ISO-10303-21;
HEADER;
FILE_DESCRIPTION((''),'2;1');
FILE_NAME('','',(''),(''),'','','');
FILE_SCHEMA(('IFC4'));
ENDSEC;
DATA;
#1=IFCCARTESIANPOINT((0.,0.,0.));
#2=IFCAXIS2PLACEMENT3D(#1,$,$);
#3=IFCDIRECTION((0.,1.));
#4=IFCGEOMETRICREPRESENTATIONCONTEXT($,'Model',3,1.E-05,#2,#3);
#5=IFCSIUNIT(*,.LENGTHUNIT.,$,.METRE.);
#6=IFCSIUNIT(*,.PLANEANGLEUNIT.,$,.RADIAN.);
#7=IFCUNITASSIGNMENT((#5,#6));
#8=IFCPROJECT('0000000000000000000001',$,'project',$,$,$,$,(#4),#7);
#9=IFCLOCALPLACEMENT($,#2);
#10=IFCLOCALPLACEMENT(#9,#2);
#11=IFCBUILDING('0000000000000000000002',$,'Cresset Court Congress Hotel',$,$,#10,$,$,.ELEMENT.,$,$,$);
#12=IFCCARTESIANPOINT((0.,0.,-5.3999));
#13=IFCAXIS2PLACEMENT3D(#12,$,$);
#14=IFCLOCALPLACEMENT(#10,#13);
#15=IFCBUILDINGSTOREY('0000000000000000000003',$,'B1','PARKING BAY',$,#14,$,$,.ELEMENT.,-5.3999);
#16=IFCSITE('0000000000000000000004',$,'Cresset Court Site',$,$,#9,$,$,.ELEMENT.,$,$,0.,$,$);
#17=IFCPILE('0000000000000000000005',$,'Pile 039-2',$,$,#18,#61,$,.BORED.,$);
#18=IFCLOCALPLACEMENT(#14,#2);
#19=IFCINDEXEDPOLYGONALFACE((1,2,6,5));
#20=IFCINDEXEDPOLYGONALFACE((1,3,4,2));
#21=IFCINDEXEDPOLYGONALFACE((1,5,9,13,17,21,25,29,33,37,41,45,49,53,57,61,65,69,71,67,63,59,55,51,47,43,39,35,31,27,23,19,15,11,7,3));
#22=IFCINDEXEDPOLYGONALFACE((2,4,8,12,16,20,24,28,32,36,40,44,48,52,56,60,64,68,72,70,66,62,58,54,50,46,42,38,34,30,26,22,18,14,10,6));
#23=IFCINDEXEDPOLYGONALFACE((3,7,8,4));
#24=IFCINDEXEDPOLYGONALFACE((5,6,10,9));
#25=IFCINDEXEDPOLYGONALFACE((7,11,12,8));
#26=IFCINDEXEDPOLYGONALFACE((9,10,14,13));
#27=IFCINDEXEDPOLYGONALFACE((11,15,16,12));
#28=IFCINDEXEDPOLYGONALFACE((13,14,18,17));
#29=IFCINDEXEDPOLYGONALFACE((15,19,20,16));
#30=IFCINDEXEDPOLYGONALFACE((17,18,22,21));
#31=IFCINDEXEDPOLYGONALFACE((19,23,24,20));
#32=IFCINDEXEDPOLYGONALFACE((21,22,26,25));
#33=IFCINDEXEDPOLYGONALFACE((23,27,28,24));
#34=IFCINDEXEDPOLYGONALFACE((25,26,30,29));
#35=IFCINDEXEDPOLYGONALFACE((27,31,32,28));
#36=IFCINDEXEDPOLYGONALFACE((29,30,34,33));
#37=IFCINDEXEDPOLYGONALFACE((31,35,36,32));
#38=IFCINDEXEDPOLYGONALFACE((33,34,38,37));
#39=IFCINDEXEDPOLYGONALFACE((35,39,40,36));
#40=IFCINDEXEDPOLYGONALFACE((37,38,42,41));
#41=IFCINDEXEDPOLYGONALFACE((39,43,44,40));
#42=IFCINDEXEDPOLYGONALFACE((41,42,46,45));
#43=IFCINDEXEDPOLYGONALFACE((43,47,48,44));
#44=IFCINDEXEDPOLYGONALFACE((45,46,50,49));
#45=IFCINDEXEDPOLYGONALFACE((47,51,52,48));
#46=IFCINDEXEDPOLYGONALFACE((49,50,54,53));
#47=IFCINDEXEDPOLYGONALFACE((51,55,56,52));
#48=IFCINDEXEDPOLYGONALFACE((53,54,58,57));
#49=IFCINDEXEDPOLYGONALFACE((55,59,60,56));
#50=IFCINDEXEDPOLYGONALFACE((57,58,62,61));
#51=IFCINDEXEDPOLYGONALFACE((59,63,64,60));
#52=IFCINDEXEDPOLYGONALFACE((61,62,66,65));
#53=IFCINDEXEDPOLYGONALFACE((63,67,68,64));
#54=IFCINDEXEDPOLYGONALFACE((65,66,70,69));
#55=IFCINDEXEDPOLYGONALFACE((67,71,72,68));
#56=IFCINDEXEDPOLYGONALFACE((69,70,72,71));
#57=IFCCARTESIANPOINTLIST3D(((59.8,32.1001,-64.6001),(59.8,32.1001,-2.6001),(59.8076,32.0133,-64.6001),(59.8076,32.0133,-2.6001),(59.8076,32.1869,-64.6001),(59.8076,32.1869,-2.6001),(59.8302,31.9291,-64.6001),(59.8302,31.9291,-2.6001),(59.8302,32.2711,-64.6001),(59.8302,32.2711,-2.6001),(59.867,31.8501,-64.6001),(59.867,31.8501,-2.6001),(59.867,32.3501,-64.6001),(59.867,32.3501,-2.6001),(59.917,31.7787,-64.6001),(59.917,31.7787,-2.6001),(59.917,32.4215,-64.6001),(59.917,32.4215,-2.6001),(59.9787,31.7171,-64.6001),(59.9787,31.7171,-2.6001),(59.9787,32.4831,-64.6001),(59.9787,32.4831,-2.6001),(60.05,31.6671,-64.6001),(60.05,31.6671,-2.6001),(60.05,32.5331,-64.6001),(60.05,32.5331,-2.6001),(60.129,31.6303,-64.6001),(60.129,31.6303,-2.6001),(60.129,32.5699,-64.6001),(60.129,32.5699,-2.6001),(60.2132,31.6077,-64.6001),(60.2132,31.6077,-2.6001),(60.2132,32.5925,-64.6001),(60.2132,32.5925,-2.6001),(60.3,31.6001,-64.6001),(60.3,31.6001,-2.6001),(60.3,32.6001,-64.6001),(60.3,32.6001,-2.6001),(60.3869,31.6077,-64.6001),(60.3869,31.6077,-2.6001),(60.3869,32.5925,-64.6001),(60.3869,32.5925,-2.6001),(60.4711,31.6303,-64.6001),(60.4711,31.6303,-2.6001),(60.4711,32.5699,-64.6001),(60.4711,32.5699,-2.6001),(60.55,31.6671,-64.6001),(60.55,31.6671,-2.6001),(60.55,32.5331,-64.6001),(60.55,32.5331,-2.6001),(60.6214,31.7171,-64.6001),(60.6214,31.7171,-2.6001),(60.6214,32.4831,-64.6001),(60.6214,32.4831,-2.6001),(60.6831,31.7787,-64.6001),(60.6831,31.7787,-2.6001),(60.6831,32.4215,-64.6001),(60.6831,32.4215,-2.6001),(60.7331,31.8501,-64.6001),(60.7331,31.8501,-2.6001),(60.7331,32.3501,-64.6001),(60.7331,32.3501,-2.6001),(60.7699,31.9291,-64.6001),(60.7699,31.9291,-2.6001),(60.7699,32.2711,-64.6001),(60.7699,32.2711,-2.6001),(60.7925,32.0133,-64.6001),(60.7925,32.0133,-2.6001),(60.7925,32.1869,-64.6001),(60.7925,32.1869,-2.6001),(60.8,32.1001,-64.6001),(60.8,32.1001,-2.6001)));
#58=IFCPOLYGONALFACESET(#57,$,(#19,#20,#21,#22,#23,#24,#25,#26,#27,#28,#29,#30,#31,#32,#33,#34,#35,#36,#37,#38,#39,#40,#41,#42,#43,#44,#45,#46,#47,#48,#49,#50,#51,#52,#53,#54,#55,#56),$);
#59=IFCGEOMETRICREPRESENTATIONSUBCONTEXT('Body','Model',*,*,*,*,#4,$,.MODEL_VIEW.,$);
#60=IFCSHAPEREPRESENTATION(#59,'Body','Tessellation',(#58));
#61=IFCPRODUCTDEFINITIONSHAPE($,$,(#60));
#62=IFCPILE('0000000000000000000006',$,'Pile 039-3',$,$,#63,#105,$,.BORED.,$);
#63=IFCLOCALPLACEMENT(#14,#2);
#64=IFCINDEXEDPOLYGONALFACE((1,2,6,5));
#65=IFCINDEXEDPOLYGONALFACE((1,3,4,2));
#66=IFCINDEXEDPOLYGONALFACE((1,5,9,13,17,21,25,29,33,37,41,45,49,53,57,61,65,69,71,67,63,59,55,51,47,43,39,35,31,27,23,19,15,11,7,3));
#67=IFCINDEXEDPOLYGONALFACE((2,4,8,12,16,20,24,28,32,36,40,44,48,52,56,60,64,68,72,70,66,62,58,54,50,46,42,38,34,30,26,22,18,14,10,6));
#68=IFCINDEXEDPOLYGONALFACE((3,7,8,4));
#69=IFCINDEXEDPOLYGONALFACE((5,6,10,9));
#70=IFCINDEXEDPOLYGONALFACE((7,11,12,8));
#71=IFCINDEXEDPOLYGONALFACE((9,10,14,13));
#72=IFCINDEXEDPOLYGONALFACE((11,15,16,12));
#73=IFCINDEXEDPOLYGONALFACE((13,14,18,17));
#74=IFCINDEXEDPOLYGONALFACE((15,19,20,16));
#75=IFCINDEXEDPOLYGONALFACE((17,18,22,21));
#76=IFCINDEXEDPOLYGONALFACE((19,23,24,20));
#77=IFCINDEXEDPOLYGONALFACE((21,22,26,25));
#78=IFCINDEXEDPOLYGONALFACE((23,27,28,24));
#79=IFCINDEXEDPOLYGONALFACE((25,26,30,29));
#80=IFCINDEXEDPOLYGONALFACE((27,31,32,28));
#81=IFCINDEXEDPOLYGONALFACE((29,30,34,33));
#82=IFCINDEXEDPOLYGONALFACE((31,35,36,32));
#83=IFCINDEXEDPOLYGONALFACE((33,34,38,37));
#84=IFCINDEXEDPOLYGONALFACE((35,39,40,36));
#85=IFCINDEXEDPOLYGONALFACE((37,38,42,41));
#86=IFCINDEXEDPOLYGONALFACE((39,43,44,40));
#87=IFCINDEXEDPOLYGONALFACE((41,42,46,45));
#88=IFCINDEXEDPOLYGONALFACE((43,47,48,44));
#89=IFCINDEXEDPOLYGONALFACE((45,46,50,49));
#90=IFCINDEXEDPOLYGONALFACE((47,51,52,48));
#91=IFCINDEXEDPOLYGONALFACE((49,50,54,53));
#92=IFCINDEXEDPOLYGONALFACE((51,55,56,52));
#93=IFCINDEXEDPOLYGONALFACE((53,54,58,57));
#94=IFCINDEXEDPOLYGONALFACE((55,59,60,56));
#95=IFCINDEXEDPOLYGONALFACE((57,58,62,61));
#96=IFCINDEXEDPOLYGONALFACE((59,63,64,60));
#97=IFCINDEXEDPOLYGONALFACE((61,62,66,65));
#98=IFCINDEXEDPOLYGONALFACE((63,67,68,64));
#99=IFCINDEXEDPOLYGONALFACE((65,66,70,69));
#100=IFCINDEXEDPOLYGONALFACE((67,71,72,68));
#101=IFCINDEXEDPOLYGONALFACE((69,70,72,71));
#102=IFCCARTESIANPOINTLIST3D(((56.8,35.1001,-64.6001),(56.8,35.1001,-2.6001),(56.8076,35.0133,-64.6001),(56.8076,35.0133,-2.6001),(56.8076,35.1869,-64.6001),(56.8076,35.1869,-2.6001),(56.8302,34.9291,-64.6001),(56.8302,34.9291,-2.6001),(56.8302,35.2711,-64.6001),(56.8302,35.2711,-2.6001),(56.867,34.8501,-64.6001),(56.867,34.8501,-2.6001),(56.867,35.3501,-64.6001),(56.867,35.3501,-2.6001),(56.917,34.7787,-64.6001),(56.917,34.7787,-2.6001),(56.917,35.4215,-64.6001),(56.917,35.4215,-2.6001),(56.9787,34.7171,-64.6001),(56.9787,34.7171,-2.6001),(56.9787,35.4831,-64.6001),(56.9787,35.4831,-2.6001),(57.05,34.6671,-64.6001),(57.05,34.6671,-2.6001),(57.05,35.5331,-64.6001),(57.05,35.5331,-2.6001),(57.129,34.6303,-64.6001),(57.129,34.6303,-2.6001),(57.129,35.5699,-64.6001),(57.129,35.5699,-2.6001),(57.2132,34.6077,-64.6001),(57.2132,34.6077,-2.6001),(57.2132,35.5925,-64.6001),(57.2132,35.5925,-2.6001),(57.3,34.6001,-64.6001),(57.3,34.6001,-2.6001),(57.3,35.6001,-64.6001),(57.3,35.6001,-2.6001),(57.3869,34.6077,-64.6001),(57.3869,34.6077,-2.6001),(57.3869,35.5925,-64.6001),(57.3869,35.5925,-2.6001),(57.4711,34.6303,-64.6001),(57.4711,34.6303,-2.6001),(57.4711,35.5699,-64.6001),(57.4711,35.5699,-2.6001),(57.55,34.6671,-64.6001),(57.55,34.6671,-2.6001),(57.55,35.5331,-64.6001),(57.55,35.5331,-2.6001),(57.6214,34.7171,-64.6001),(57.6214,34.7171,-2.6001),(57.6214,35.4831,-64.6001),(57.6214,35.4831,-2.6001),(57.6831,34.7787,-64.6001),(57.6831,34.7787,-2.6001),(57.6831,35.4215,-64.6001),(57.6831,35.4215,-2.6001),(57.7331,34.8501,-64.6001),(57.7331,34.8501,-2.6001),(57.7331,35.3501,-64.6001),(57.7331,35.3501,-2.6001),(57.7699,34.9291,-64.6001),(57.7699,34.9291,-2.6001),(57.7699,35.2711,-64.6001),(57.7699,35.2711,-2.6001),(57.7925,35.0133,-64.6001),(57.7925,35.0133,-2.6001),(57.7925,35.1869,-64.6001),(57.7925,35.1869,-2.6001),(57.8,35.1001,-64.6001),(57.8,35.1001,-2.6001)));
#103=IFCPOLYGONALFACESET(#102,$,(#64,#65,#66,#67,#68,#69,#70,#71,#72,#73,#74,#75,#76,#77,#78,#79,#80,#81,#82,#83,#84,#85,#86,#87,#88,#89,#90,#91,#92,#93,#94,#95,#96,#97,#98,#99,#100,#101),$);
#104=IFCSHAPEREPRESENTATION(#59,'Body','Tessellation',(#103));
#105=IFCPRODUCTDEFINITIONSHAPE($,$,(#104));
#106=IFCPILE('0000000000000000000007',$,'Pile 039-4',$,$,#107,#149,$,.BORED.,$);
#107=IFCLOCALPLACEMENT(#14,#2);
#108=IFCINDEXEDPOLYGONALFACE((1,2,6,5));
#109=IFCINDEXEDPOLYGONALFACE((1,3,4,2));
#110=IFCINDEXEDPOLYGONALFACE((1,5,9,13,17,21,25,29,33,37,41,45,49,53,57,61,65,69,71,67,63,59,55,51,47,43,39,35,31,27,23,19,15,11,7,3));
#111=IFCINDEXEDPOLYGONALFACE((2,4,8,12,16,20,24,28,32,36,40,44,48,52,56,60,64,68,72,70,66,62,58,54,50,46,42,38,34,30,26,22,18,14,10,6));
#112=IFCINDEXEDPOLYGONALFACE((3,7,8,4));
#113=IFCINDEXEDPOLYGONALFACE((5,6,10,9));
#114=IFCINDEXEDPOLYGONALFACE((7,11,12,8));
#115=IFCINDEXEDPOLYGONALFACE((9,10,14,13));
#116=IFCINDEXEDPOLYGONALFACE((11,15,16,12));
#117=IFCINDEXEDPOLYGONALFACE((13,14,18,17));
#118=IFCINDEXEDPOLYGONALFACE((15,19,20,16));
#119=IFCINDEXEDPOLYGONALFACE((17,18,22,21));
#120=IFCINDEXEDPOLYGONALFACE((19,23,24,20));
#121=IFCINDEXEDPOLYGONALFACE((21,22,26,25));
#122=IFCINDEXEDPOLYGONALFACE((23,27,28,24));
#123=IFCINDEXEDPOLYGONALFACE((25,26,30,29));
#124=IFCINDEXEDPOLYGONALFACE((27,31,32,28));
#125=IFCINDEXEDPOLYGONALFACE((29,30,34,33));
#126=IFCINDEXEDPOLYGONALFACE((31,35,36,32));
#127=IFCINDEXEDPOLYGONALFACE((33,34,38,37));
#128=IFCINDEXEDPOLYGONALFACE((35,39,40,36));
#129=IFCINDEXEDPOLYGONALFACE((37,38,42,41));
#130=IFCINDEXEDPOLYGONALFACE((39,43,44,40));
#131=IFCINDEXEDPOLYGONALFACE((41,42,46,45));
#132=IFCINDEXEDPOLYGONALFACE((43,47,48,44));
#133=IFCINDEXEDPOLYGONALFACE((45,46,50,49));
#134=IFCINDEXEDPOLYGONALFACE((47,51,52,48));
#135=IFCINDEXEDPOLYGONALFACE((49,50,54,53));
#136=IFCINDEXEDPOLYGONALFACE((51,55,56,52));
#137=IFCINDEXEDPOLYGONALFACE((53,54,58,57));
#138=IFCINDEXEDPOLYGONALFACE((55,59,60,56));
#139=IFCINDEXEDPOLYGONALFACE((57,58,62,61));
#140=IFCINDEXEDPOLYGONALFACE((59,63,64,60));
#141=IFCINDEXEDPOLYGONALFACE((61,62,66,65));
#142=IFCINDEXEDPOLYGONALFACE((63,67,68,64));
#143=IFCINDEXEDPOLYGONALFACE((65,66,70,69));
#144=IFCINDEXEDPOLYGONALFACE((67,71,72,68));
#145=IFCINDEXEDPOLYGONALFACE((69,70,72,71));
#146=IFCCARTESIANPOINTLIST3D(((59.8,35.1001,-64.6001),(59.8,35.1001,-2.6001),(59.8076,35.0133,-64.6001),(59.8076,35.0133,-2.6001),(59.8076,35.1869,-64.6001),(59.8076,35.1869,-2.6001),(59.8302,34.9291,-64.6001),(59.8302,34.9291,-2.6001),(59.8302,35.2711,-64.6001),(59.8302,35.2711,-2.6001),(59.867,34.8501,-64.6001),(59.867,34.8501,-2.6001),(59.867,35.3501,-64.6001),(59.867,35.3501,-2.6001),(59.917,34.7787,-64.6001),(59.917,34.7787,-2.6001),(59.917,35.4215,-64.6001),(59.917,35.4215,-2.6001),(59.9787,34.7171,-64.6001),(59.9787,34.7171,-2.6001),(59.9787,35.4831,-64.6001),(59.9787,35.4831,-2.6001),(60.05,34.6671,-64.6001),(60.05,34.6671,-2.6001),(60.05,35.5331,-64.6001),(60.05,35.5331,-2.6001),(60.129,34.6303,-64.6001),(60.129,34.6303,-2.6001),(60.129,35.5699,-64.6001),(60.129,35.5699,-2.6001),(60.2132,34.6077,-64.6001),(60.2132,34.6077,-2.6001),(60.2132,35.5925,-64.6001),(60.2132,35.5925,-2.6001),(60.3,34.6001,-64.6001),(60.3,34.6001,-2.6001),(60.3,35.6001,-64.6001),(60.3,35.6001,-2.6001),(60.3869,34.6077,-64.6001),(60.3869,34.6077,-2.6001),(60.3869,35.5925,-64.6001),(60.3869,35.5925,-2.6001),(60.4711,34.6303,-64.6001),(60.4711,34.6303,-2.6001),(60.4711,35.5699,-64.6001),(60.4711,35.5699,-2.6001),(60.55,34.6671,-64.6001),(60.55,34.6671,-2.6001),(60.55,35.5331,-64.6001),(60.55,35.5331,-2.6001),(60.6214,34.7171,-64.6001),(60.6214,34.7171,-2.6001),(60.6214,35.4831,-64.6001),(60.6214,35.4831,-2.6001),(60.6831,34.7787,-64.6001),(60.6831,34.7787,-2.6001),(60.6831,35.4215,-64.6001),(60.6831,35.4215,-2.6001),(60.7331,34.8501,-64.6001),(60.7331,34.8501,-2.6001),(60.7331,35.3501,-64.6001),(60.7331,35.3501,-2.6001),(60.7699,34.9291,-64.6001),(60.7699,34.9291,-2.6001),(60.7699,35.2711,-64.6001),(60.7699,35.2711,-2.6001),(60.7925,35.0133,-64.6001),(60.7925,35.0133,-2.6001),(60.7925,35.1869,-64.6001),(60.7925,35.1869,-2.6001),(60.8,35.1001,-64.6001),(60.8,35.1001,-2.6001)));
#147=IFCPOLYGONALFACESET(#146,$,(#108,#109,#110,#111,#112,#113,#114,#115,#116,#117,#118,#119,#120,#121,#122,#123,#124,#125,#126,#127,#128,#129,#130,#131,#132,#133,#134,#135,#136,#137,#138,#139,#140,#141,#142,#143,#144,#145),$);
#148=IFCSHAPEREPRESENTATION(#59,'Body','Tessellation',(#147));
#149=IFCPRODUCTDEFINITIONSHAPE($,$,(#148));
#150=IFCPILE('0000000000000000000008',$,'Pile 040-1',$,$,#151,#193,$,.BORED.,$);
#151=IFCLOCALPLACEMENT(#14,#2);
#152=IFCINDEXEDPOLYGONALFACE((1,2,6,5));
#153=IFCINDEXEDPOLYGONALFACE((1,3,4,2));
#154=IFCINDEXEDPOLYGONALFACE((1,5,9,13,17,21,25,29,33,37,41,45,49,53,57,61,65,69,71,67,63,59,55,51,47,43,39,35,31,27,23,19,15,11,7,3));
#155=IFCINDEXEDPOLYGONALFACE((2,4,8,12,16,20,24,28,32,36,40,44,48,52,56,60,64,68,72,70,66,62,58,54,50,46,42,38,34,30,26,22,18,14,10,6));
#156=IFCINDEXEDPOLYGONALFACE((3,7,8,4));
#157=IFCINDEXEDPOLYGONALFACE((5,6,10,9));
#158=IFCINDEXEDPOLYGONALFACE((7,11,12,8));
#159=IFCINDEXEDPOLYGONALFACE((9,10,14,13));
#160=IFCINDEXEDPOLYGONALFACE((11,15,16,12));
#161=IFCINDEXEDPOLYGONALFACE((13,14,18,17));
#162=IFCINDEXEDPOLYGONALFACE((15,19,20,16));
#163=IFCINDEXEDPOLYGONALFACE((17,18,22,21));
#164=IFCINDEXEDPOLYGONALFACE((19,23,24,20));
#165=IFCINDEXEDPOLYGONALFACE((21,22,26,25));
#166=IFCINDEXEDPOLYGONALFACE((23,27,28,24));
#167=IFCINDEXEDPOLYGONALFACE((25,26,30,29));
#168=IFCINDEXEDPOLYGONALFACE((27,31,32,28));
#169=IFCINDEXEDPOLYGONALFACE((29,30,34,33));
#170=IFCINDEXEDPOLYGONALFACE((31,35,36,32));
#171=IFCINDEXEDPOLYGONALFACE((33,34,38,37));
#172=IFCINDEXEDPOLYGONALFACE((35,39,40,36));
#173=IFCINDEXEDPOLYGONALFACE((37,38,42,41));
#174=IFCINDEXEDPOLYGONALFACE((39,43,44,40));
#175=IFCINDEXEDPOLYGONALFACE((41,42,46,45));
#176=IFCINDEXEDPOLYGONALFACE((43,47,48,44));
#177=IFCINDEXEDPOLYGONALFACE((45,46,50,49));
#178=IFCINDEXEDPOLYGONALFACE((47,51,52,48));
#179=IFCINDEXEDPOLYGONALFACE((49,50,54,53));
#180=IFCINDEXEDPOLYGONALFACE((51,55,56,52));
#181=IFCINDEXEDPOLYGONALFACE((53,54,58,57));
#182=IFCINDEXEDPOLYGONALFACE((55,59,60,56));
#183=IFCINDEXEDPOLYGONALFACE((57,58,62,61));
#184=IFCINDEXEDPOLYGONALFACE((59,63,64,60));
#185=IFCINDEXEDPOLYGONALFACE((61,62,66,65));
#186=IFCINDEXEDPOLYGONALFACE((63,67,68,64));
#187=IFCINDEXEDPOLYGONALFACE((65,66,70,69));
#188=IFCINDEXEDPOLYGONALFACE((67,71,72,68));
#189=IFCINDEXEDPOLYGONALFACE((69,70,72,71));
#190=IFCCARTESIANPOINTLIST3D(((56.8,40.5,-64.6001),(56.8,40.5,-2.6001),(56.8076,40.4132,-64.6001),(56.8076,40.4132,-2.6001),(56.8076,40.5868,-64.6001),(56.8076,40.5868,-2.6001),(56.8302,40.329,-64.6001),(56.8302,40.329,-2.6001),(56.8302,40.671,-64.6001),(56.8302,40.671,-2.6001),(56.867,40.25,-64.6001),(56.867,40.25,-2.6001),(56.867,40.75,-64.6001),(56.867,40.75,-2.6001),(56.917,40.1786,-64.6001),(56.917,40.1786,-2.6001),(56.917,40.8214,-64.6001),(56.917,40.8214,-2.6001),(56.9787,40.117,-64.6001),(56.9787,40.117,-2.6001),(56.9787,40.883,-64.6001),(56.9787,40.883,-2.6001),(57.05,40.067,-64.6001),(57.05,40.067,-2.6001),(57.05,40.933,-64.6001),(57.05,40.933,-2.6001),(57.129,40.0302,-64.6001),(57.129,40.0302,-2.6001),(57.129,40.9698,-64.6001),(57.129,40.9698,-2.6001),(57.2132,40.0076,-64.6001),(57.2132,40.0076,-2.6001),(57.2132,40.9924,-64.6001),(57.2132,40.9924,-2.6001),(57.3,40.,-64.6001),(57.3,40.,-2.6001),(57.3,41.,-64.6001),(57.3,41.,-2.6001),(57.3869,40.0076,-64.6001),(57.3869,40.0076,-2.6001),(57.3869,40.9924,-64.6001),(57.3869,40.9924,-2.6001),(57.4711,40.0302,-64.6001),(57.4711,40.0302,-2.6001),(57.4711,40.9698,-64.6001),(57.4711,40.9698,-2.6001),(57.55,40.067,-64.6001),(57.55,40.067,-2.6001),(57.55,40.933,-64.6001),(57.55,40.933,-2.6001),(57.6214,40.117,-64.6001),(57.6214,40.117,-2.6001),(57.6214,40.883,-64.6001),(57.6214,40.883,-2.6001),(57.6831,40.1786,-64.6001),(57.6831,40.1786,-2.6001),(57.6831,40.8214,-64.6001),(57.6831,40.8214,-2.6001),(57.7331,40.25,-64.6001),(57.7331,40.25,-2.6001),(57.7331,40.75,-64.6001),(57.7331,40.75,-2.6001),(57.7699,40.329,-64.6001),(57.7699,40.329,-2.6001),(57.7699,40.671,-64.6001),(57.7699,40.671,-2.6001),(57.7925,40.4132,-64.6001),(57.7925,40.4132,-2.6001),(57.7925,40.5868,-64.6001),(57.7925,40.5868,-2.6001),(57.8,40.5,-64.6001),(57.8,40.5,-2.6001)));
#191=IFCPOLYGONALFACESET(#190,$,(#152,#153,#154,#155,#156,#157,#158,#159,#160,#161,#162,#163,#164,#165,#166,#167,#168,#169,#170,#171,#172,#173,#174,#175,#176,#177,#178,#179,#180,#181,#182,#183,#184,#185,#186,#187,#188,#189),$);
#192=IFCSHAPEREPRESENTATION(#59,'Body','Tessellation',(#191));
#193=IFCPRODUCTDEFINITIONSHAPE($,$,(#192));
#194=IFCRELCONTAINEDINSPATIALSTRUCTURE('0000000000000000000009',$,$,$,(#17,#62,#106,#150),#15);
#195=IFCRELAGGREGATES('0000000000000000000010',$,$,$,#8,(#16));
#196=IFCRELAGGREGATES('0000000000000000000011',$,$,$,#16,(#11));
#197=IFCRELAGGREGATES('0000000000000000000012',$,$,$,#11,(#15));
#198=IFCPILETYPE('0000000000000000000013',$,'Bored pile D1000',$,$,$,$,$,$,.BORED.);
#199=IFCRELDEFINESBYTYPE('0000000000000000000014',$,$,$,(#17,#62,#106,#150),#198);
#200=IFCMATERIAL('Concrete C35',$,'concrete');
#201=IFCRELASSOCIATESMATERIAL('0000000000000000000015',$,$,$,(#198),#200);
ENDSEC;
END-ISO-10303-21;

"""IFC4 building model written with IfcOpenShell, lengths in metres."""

from ifc_helpers import new_model, si_unit, direction, frame, origin, origin_2d, place, context, subcontext, project, spatial, circle, extrude, material, type_object, element, save


model = new_model("IFC4")

# Units and contexts
model_context = context("Model", 3, precision=1e-05, world=origin(), true_north=direction((0.0, 1.0)))
body_context = subcontext(model_context, "Body", "Model", "MODEL_VIEW")
ifc_project = project(units=[si_unit("LENGTHUNIT", "METRE"), si_unit("PLANEANGLEUNIT", "RADIAN")], contexts=[model_context])

# Site, building, storey
site_placement = place(None, origin())
site = spatial("IfcSite", under=ifc_project, at=site_placement, Name="Cresset Court Site", CompositionType="ELEMENT", RefElevation=0.0)
building_placement = place(site_placement, origin())
building = spatial("IfcBuilding", under=site, at=building_placement, Name="Cresset Court Congress Hotel", CompositionType="ELEMENT")
storey_placement = place(building_placement, frame((0.0, 0.0, -5.3999)))
storey = spatial("IfcBuildingStorey", under=building, at=storey_placement, Name="B1", Description="PARKING BAY", CompositionType="ELEMENT", Elevation=-5.3999)

# Piles
ifc_material_1 = material(Name="Concrete C35", Category="concrete")
pile_type = type_object("IfcPileType", Name="Bored pile D1000", PredefinedType="BORED", material=ifc_material_1)
for number, where, z_axis, x_axis, name in (
    (1, (60.3, 32.1001, -2.6001), (0.0, 0.0, -1.0), (1.0, 0.0, 0.0), "Pile 039-2"),
    (2, (57.3, 35.1001, -2.6001), (0.0, 0.0, -1.0), (1.0, 0.0, 0.0), "Pile 039-3"),
    (3, (60.3, 35.1001, -2.6001), (0.0, 0.0, -1.0), (1.0, 0.0, 0.0), "Pile 039-4"),
    (4, (57.3, 40.5, -2.6001), (0.0, 0.0, -1.0), (1.0, 0.0, 0.0), "Pile 040-1"),
):
    element("IfcPile", number, at=place(storey_placement, frame(where, z_axis=z_axis, x_axis=x_axis)), inside=storey, type_object=pile_type, Name=name, PredefinedType="BORED", context=body_context, shape_type="SweptSolid", body=[
        extrude(circle(Radius=0.5, at=origin_2d()), origin(), (0.0, 0.0, 1.0), 62.0),
    ])

save(model, "model.ifc")
